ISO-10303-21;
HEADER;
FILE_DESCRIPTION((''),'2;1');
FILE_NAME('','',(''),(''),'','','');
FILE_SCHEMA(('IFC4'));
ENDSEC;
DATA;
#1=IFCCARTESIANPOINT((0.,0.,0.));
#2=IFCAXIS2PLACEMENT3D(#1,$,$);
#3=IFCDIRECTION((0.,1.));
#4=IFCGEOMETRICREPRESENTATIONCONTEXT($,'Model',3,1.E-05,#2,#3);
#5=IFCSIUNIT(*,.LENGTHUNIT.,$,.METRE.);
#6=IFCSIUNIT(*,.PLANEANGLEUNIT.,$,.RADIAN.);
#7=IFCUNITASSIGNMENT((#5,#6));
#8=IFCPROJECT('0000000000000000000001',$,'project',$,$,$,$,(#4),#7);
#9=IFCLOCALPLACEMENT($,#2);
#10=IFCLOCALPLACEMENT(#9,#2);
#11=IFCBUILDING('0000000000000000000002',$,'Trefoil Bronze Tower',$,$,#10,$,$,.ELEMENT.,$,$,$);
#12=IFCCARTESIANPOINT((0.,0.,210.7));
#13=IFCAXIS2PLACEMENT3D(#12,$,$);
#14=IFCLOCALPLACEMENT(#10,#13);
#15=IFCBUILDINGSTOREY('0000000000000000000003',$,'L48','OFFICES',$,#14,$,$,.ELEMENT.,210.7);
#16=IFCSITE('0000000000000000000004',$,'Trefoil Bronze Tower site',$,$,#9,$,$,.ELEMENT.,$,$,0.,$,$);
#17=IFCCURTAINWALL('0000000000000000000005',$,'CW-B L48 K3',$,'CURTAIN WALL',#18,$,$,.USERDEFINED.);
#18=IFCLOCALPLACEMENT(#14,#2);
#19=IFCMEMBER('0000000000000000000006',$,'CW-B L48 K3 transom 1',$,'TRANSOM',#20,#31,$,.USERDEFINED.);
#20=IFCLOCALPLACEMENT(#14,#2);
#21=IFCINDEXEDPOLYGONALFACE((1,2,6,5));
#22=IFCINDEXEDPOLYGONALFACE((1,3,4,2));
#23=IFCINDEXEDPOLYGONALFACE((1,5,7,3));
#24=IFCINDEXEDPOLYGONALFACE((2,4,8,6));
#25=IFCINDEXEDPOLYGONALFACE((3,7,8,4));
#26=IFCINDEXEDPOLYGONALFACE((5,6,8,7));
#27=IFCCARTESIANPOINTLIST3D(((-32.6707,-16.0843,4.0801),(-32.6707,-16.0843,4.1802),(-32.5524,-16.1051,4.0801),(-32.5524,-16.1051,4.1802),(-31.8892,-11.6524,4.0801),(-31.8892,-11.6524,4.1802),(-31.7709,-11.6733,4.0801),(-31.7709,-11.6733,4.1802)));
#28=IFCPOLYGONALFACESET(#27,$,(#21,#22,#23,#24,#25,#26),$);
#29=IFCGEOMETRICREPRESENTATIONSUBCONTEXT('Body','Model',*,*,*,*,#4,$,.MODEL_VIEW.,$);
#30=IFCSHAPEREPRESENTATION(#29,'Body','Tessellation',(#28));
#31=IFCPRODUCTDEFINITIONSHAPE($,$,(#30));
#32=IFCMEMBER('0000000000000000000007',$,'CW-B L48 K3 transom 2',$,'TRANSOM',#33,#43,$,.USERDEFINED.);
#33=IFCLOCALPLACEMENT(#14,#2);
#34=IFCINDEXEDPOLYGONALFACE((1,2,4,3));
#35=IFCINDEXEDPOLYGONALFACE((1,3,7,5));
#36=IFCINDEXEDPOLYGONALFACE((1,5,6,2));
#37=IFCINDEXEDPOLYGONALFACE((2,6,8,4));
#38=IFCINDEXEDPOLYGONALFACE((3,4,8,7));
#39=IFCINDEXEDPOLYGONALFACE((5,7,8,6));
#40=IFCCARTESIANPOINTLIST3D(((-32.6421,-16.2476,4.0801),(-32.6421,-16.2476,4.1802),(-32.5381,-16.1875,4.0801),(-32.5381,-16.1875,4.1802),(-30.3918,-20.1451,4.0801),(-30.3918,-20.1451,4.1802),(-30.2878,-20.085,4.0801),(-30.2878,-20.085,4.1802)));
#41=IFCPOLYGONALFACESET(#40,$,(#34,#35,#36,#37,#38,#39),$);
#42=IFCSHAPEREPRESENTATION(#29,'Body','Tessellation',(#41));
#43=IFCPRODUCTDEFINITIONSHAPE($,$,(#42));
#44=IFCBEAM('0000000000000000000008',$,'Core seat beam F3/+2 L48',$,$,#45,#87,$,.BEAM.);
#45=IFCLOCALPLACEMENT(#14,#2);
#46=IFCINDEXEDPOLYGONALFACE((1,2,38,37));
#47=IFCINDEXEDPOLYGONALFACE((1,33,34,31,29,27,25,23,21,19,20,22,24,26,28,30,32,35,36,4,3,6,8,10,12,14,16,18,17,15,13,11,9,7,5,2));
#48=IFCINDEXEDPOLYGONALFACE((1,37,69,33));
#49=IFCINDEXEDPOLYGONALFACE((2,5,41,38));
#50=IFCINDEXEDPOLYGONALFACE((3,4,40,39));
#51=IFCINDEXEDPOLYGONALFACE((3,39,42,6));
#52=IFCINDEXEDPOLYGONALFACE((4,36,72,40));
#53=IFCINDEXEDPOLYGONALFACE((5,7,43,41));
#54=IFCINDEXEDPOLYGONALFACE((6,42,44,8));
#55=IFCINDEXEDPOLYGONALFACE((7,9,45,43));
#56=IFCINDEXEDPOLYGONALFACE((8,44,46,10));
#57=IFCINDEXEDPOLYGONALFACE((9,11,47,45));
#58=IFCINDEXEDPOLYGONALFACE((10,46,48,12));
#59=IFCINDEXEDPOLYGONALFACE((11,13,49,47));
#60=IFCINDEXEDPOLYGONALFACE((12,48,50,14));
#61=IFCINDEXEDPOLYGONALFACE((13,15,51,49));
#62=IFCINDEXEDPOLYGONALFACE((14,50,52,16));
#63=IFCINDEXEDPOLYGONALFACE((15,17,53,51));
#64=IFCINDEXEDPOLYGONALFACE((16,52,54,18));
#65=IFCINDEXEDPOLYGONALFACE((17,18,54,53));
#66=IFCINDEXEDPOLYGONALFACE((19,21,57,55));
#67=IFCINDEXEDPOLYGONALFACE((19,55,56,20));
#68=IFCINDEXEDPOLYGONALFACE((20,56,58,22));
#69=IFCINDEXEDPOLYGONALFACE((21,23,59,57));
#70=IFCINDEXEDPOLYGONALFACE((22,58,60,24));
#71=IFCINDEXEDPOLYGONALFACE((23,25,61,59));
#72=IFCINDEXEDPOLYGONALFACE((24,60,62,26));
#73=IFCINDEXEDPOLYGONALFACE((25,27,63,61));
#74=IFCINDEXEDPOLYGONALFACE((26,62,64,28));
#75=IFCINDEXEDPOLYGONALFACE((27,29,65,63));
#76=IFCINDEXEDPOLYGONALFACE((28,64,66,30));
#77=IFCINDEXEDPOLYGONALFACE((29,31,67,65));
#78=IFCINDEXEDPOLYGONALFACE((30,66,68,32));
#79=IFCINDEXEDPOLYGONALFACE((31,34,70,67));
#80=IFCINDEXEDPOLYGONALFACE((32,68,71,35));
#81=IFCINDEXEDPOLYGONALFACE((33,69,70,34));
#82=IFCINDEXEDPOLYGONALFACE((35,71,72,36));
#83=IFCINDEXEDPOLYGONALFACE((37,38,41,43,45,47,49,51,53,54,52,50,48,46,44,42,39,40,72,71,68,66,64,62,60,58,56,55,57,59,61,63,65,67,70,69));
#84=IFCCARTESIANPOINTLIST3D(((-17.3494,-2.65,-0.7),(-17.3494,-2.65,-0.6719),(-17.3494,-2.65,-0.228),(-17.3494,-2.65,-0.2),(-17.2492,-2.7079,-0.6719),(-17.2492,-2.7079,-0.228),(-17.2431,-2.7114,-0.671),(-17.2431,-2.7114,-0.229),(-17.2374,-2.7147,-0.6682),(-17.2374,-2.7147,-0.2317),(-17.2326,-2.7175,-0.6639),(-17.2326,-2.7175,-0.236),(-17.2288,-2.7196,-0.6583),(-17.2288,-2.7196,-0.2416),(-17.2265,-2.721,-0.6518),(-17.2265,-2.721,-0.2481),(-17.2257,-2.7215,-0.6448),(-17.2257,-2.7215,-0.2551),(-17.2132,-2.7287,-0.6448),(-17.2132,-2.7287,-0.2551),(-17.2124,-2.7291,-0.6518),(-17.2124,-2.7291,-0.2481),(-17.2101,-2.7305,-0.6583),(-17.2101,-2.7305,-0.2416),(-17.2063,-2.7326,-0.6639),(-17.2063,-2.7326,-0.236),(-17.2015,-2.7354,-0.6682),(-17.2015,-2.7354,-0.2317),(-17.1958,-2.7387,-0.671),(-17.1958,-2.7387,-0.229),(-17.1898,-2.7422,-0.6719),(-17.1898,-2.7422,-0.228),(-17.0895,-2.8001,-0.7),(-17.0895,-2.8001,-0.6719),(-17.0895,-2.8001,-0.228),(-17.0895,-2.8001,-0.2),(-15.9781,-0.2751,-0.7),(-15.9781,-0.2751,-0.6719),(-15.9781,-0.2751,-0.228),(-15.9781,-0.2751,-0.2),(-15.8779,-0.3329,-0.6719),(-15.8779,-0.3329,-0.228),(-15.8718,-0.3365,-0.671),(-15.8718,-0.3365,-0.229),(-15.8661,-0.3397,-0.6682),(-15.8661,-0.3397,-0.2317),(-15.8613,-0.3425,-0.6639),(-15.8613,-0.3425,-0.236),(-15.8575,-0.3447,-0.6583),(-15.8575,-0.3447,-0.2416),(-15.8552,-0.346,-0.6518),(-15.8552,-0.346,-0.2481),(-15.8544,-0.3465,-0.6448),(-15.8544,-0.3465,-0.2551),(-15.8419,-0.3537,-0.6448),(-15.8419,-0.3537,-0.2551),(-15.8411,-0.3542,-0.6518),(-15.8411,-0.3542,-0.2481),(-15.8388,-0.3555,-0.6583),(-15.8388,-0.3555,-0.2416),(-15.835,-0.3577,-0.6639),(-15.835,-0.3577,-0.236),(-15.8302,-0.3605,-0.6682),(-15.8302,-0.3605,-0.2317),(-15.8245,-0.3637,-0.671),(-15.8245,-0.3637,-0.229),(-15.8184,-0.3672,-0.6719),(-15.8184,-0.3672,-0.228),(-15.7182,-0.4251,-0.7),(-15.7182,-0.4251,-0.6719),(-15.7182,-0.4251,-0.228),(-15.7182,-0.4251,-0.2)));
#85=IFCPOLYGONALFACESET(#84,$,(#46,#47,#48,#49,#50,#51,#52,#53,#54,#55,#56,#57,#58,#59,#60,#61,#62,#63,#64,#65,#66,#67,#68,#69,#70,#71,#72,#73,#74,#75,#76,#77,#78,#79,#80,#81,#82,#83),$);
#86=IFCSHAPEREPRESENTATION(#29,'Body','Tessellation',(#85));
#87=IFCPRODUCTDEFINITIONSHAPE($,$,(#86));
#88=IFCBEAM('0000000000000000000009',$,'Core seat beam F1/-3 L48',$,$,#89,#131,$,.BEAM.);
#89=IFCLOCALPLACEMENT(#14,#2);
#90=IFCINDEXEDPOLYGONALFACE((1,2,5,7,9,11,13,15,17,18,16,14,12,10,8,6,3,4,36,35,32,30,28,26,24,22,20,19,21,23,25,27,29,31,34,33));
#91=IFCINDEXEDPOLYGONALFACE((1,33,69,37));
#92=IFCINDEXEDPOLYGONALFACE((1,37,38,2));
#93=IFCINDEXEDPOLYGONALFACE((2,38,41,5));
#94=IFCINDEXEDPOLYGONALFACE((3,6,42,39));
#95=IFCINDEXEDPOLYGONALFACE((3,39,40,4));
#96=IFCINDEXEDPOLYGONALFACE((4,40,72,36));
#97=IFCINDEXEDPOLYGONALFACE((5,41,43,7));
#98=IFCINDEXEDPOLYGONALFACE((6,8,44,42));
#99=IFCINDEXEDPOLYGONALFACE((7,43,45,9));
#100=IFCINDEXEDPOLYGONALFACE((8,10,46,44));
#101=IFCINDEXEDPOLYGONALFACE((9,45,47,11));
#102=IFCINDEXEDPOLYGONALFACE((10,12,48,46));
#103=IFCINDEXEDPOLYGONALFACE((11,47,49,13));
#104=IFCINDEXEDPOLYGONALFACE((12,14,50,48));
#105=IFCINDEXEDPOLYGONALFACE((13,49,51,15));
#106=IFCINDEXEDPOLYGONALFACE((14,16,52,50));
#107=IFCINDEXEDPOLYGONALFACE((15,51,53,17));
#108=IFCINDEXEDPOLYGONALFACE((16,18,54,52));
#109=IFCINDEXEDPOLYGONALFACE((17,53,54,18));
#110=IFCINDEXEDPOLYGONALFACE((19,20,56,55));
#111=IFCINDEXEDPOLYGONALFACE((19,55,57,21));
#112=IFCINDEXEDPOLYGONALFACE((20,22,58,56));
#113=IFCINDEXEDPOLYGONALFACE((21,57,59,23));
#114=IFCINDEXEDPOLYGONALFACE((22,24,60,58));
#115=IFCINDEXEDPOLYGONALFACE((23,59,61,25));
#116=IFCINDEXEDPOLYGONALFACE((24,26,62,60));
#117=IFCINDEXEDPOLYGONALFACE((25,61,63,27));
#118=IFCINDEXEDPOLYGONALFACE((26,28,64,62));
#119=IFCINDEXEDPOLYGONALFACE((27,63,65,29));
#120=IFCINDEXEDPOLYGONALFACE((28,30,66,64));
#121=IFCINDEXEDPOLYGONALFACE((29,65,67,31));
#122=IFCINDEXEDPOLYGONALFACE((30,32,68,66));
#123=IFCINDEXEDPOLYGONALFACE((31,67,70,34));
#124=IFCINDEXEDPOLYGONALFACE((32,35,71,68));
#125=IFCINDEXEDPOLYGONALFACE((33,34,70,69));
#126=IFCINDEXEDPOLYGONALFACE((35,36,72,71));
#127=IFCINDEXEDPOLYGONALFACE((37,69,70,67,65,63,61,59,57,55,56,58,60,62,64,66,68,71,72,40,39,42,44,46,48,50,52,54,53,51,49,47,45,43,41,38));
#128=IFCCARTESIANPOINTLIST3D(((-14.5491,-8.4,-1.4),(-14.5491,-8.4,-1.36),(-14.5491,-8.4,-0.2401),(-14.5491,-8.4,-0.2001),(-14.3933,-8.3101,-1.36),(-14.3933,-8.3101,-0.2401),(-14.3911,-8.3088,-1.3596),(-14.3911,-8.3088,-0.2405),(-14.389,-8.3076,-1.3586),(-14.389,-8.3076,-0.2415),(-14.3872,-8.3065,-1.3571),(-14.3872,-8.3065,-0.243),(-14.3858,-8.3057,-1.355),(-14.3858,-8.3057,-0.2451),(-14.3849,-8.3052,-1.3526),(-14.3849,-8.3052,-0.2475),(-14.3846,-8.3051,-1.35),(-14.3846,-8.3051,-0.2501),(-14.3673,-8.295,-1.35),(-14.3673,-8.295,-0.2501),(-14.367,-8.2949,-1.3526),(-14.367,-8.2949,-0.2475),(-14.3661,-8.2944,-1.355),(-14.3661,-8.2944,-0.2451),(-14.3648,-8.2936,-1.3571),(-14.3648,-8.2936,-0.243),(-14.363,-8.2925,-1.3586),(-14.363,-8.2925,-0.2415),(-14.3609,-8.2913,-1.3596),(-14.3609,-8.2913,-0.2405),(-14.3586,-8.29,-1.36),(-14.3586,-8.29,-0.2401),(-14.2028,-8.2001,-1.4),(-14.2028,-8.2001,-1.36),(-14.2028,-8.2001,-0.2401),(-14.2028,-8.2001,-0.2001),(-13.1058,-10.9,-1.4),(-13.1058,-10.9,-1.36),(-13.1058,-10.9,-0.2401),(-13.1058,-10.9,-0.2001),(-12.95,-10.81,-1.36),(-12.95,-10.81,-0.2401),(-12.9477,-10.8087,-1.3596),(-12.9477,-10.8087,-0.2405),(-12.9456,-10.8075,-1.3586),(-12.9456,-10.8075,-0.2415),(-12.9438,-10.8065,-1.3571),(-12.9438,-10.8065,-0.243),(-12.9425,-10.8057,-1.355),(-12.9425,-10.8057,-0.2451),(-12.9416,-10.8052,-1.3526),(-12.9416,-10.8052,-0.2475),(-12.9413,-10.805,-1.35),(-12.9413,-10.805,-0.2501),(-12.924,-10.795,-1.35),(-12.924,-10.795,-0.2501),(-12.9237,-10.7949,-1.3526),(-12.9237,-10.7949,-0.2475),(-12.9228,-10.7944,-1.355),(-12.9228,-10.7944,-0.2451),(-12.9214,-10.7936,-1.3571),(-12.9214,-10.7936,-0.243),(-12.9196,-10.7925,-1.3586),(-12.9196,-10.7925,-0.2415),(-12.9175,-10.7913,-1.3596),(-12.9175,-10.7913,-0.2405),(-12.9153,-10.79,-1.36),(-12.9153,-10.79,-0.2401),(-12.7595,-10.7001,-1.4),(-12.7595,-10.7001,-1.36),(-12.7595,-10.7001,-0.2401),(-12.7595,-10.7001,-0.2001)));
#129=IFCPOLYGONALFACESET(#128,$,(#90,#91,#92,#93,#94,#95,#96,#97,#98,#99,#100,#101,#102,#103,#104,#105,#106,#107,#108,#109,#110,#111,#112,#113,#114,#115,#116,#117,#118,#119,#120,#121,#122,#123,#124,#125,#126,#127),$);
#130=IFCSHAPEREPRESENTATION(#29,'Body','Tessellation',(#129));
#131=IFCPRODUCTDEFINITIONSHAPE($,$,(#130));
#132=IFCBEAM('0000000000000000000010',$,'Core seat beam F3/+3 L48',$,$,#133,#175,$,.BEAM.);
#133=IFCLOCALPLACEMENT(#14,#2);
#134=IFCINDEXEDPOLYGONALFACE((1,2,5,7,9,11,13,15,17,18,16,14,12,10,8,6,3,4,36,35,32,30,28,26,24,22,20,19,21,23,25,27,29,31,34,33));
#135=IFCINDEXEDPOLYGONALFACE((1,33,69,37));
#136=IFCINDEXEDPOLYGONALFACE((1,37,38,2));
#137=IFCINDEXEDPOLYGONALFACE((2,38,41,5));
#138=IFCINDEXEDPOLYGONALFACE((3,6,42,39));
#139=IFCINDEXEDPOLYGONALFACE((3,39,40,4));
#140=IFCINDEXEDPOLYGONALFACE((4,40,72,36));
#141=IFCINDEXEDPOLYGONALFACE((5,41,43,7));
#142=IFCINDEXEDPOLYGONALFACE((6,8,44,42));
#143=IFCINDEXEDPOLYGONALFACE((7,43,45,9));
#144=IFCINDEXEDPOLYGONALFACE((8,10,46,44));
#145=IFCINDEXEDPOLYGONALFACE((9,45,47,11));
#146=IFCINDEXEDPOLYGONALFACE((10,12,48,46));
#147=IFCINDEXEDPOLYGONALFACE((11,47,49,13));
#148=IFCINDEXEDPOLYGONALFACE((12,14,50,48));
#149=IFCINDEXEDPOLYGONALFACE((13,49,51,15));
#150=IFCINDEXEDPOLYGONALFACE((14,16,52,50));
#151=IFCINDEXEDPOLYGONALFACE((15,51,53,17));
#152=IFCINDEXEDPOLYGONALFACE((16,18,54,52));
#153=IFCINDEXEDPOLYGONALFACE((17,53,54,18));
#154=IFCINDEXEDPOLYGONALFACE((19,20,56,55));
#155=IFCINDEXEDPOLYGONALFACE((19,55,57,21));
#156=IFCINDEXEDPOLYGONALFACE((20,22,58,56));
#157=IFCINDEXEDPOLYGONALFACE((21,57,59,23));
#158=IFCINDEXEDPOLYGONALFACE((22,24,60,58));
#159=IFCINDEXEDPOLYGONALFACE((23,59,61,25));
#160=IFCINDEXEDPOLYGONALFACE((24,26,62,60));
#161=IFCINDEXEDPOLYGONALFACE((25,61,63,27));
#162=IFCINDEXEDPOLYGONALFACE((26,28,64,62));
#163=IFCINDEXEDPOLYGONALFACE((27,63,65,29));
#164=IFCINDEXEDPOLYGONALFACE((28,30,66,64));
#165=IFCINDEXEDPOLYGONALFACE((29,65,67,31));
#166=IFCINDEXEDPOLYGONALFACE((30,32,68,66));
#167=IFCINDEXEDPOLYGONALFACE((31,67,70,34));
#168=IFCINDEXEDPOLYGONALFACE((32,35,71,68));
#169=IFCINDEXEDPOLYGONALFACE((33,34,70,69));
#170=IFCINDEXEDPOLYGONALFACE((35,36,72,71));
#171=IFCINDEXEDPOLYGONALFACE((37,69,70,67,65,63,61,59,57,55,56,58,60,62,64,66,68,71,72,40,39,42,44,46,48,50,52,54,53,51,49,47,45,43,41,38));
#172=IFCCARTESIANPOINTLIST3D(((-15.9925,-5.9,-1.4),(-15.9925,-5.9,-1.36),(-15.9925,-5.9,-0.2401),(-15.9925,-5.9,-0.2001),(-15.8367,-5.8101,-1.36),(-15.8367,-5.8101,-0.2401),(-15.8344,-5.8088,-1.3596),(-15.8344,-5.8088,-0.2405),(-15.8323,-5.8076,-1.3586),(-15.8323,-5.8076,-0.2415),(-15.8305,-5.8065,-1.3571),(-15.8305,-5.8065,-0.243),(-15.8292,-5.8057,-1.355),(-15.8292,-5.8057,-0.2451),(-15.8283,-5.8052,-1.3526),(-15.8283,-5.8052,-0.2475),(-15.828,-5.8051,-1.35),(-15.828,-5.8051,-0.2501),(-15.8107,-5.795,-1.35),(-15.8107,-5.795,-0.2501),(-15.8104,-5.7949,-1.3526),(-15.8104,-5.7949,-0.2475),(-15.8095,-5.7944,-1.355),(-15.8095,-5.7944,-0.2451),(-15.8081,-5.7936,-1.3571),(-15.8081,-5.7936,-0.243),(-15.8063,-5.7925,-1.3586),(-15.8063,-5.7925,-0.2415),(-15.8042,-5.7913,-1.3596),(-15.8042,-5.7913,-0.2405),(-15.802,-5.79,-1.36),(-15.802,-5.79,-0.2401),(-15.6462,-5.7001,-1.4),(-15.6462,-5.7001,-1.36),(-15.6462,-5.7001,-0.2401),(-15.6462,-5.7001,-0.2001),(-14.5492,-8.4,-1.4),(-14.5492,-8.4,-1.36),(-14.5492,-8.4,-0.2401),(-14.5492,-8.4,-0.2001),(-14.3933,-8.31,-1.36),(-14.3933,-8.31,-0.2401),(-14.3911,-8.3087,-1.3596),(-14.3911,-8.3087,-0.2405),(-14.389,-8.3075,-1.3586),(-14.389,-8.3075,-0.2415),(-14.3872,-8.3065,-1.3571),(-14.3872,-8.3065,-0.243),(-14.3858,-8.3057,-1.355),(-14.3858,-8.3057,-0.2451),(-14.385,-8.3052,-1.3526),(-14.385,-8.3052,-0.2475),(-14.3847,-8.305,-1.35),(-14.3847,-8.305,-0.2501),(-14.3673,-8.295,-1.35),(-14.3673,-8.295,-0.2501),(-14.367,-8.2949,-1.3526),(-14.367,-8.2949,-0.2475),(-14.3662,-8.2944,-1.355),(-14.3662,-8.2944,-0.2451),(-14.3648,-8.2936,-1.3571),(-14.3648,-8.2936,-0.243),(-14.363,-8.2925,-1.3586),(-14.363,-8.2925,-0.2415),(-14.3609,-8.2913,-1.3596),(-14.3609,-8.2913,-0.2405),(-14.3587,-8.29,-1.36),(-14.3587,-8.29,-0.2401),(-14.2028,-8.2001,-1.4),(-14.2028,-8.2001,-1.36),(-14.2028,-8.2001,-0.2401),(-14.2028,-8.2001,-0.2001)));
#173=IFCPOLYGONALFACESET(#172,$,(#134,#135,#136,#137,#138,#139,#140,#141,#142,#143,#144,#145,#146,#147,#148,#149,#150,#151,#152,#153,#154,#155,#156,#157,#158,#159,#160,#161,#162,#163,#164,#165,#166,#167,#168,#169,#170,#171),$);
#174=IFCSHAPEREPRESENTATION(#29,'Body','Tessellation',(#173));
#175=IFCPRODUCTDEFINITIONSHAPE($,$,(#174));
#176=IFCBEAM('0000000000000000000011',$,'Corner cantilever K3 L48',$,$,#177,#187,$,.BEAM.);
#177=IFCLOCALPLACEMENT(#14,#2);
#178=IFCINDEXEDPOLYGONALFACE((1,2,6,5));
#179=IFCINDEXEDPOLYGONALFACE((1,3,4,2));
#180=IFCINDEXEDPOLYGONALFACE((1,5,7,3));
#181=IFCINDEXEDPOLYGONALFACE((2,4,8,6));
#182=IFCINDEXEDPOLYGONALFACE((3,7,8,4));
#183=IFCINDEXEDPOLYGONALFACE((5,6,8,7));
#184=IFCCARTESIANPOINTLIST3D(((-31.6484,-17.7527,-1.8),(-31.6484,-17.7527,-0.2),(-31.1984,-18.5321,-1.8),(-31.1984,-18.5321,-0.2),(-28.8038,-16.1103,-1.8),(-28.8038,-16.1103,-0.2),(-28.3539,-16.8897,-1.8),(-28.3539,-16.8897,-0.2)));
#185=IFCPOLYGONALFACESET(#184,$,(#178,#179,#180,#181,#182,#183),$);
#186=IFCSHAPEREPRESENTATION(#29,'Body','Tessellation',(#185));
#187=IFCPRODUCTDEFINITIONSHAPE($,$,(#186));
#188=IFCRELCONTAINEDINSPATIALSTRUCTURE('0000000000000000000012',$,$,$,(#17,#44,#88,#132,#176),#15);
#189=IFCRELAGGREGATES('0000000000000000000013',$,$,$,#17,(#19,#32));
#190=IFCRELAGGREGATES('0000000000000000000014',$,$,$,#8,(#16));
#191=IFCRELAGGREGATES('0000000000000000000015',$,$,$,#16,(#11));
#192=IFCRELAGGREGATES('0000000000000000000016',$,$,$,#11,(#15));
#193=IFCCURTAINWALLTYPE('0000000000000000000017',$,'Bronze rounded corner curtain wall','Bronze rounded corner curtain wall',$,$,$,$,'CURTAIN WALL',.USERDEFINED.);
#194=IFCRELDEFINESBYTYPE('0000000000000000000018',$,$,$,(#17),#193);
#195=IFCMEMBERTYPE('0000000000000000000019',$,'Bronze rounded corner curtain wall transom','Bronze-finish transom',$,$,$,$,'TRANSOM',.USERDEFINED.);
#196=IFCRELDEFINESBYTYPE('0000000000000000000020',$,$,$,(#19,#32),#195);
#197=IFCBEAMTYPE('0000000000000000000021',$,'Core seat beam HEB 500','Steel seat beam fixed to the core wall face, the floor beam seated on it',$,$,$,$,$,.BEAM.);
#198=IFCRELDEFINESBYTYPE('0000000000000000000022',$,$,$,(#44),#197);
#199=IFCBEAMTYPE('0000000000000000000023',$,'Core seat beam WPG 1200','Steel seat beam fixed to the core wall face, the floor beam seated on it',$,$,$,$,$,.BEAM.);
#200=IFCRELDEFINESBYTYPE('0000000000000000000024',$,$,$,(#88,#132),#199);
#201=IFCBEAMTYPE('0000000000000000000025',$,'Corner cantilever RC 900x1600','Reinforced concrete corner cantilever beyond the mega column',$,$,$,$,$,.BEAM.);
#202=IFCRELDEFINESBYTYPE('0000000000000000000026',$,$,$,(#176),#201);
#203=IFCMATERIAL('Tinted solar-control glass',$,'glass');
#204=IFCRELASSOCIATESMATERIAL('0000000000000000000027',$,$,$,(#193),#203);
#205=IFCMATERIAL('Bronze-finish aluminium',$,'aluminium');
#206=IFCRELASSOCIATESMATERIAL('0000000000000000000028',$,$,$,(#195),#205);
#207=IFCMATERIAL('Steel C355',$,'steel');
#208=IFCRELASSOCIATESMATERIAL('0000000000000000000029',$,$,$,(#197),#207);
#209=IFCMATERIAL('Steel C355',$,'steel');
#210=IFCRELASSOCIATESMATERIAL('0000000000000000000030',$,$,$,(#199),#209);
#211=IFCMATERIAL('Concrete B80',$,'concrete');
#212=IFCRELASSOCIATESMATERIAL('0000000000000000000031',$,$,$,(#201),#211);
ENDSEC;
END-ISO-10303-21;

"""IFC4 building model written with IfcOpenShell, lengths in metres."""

from ifc_helpers import new_model, si_unit, direction, frame, origin, origin_2d, place, context, subcontext, project, spatial, rectangle, i_section, extrude, material, material_profile, profile_set, type_object, element, aggregate, save


model = new_model("IFC4")

# Units and contexts
model_context = context("Model", 3, precision=1e-05, world=origin(), true_north=direction((0.0, 1.0)))
body_context = subcontext(model_context, "Body", "Model", "MODEL_VIEW")
ifc_project = project(units=[si_unit("LENGTHUNIT", "METRE"), si_unit("PLANEANGLEUNIT", "RADIAN")], contexts=[model_context])

# Site, building, storey
site_placement = place(None, origin())
site = spatial("IfcSite", under=ifc_project, at=site_placement, Name="Trefoil Bronze Tower site", CompositionType="ELEMENT", RefElevation=0.0)
building_placement = place(site_placement, origin())
building = spatial("IfcBuilding", under=site, at=building_placement, Name="Trefoil Bronze Tower", CompositionType="ELEMENT")
storey_placement = place(building_placement, frame((0.0, 0.0, 210.7)))
storey = spatial("IfcBuildingStorey", under=building, at=storey_placement, Name="L48", Description="OFFICES", CompositionType="ELEMENT", Elevation=210.7)

# Curtain wall, members
ifc_material_1 = material(Name="Tinted solar-control glass", Category="glass")
curtain_wall_type_1 = type_object("IfcCurtainWallType", Name="Bronze rounded corner curtain wall", Description="Bronze rounded corner curtain wall", ElementType="CURTAIN WALL", PredefinedType="USERDEFINED", material=ifc_material_1)
curtain_wall_1_placement = place(storey_placement, origin())
curtain_wall_1 = element("IfcCurtainWall", 1, at=curtain_wall_1_placement, inside=storey, type_object=curtain_wall_type_1, Name="CW-B L48 K3", ObjectType="CURTAIN WALL", PredefinedType="USERDEFINED")
ifc_material_2 = material(Name="Bronze-finish aluminium", Category="aluminium")
ifc_material_profile_1 = material_profile(ifc_material_2, rectangle(XDim=0.1201, YDim=0.1001, at=origin_2d()), Name="CW-B transom")
ifc_profile_set_1 = profile_set([ifc_material_profile_1], Name="Bronze-finish aluminium")
member_type_1 = type_object("IfcMemberType", Name="Bronze rounded corner curtain wall transom", Description="Bronze-finish transom", ElementType="TRANSOM", PredefinedType="USERDEFINED", material=ifc_profile_set_1)
member_1_placement = place(storey_placement, frame((-31.8301, -11.6628, 4.1301), z_axis=(-0.173655, -0.984806, 0.0), x_axis=(0.984806, -0.173655, 0.0)))
member_1 = element("IfcMember", 2, at=member_1_placement, type_object=member_type_1, Name="CW-B L48 K3 transom 1", ObjectType="TRANSOM", PredefinedType="USERDEFINED", context=body_context, shape_type="SweptSolid", body=[
    extrude(rectangle(XDim=0.1201, YDim=0.1001, at=origin_2d()), origin(), (0.0, 0.0, 1.0), 4.5002),
])
member_2_placement = place(storey_placement, frame((-32.5901, -16.2175, 4.1301), z_axis=(0.500007, -0.866021, 0.0), x_axis=(0.866021, 0.500007, 0.0)))
member_2 = element("IfcMember", 3, at=member_2_placement, type_object=member_type_1, Name="CW-B L48 K3 transom 2", ObjectType="TRANSOM", PredefinedType="USERDEFINED", context=body_context, shape_type="SweptSolid", body=[
    extrude(rectangle(XDim=0.1201, YDim=0.1001, at=origin_2d()), origin(), (0.0, 0.0, 1.0), 4.5005),
])

# Beams
ifc_material_3 = material(Name="Steel C355", Category="steel")
ifc_material_profile_2 = material_profile(ifc_material_3, i_section(OverallWidth=0.3, OverallDepth=0.5, WebThickness=0.0144, FlangeThickness=0.0281, FilletRadius=0.0271, at=origin_2d()), Name="HEB 500")
ifc_profile_set_2 = profile_set([ifc_material_profile_2], Name="Steel C355")
beam_type_1 = type_object("IfcBeamType", Name="Core seat beam HEB 500", Description="Steel seat beam fixed to the core wall face, the floor beam seated on it", PredefinedType="BEAM", material=ifc_profile_set_2)
beam_1_placement = place(storey_placement, frame((-15.8481, -0.3501, -0.45), z_axis=(-0.500036, -0.866005, 0.0), x_axis=(0.866005, -0.500036, 0.0)))
element("IfcBeam", 4, at=beam_1_placement, inside=storey, type_object=beam_type_1, Name="Core seat beam F3/+2 L48", PredefinedType="BEAM", context=body_context, shape_type="SweptSolid", body=[
    extrude(i_section(OverallWidth=0.3, OverallDepth=0.5, WebThickness=0.0144, FlangeThickness=0.0281, FilletRadius=0.0271, at=origin_2d()), origin(), (0.0, 0.0, 1.0), 2.7424),
])
ifc_material_4 = material(Name="Steel C355", Category="steel")
ifc_material_profile_3 = material_profile(ifc_material_4, i_section(OverallWidth=0.3999, OverallDepth=1.2, WebThickness=0.02, FlangeThickness=0.04, FilletRadius=0.01, at=origin_2d()), Name="WPG 1200")
ifc_profile_set_3 = profile_set([ifc_material_profile_3], Name="Steel C355")
beam_type_2 = type_object("IfcBeamType", Name="Core seat beam WPG 1200", Description="Steel seat beam fixed to the core wall face, the floor beam seated on it", PredefinedType="BEAM", material=ifc_profile_set_3)
for number, where, z_axis, x_axis, name in (
    (5, (-14.376, -8.3, -0.8), (0.499996, -0.866028, 0.0), (0.866028, 0.499996, 0.0), "Core seat beam F1/-3 L48"),
    (6, (-15.8193, -5.8, -0.8), (0.499996, -0.866028, 0.0), (0.866028, 0.499996, 0.0), "Core seat beam F3/+3 L48"),
):
    element("IfcBeam", number, at=place(storey_placement, frame(where, z_axis=z_axis, x_axis=x_axis)), inside=storey, type_object=beam_type_2, Name=name, PredefinedType="BEAM", context=body_context, shape_type="SweptSolid", body=[
        extrude(i_section(OverallWidth=0.3999, OverallDepth=1.2, WebThickness=0.02, FlangeThickness=0.04, FilletRadius=0.01, at=origin_2d()), origin(), (0.0, 0.0, 1.0), 2.8867),
    ])
ifc_material_5 = material(Name="Concrete B80", Category="concrete")
ifc_material_profile_4 = material_profile(ifc_material_5, rectangle(XDim=0.8999, YDim=1.6001, at=origin_2d()), Name="RC 900x1600")
ifc_profile_set_4 = profile_set([ifc_material_profile_4], Name="Concrete B80")
beam_type_3 = type_object("IfcBeamType", Name="Corner cantilever RC 900x1600", Description="Reinforced concrete corner cantilever beyond the mega column", PredefinedType="BEAM", material=ifc_profile_set_4)
beam_2_placement = place(storey_placement, frame((-28.5789, -16.5, -1.0), z_axis=(-0.866016, -0.500016, 0.0), x_axis=(0.500016, -0.866016, 0.0)))
element("IfcBeam", 7, at=beam_2_placement, inside=storey, type_object=beam_type_3, Name="Corner cantilever K3 L48", PredefinedType="BEAM", context=body_context, shape_type="SweptSolid", body=[
    extrude(rectangle(XDim=0.8999, YDim=1.6001, at=origin_2d()), origin(), (0.0, 0.0, 1.0), 3.2847),
])

aggregate(curtain_wall_1, [member_1, member_2])

save(model, "model.ifc")
